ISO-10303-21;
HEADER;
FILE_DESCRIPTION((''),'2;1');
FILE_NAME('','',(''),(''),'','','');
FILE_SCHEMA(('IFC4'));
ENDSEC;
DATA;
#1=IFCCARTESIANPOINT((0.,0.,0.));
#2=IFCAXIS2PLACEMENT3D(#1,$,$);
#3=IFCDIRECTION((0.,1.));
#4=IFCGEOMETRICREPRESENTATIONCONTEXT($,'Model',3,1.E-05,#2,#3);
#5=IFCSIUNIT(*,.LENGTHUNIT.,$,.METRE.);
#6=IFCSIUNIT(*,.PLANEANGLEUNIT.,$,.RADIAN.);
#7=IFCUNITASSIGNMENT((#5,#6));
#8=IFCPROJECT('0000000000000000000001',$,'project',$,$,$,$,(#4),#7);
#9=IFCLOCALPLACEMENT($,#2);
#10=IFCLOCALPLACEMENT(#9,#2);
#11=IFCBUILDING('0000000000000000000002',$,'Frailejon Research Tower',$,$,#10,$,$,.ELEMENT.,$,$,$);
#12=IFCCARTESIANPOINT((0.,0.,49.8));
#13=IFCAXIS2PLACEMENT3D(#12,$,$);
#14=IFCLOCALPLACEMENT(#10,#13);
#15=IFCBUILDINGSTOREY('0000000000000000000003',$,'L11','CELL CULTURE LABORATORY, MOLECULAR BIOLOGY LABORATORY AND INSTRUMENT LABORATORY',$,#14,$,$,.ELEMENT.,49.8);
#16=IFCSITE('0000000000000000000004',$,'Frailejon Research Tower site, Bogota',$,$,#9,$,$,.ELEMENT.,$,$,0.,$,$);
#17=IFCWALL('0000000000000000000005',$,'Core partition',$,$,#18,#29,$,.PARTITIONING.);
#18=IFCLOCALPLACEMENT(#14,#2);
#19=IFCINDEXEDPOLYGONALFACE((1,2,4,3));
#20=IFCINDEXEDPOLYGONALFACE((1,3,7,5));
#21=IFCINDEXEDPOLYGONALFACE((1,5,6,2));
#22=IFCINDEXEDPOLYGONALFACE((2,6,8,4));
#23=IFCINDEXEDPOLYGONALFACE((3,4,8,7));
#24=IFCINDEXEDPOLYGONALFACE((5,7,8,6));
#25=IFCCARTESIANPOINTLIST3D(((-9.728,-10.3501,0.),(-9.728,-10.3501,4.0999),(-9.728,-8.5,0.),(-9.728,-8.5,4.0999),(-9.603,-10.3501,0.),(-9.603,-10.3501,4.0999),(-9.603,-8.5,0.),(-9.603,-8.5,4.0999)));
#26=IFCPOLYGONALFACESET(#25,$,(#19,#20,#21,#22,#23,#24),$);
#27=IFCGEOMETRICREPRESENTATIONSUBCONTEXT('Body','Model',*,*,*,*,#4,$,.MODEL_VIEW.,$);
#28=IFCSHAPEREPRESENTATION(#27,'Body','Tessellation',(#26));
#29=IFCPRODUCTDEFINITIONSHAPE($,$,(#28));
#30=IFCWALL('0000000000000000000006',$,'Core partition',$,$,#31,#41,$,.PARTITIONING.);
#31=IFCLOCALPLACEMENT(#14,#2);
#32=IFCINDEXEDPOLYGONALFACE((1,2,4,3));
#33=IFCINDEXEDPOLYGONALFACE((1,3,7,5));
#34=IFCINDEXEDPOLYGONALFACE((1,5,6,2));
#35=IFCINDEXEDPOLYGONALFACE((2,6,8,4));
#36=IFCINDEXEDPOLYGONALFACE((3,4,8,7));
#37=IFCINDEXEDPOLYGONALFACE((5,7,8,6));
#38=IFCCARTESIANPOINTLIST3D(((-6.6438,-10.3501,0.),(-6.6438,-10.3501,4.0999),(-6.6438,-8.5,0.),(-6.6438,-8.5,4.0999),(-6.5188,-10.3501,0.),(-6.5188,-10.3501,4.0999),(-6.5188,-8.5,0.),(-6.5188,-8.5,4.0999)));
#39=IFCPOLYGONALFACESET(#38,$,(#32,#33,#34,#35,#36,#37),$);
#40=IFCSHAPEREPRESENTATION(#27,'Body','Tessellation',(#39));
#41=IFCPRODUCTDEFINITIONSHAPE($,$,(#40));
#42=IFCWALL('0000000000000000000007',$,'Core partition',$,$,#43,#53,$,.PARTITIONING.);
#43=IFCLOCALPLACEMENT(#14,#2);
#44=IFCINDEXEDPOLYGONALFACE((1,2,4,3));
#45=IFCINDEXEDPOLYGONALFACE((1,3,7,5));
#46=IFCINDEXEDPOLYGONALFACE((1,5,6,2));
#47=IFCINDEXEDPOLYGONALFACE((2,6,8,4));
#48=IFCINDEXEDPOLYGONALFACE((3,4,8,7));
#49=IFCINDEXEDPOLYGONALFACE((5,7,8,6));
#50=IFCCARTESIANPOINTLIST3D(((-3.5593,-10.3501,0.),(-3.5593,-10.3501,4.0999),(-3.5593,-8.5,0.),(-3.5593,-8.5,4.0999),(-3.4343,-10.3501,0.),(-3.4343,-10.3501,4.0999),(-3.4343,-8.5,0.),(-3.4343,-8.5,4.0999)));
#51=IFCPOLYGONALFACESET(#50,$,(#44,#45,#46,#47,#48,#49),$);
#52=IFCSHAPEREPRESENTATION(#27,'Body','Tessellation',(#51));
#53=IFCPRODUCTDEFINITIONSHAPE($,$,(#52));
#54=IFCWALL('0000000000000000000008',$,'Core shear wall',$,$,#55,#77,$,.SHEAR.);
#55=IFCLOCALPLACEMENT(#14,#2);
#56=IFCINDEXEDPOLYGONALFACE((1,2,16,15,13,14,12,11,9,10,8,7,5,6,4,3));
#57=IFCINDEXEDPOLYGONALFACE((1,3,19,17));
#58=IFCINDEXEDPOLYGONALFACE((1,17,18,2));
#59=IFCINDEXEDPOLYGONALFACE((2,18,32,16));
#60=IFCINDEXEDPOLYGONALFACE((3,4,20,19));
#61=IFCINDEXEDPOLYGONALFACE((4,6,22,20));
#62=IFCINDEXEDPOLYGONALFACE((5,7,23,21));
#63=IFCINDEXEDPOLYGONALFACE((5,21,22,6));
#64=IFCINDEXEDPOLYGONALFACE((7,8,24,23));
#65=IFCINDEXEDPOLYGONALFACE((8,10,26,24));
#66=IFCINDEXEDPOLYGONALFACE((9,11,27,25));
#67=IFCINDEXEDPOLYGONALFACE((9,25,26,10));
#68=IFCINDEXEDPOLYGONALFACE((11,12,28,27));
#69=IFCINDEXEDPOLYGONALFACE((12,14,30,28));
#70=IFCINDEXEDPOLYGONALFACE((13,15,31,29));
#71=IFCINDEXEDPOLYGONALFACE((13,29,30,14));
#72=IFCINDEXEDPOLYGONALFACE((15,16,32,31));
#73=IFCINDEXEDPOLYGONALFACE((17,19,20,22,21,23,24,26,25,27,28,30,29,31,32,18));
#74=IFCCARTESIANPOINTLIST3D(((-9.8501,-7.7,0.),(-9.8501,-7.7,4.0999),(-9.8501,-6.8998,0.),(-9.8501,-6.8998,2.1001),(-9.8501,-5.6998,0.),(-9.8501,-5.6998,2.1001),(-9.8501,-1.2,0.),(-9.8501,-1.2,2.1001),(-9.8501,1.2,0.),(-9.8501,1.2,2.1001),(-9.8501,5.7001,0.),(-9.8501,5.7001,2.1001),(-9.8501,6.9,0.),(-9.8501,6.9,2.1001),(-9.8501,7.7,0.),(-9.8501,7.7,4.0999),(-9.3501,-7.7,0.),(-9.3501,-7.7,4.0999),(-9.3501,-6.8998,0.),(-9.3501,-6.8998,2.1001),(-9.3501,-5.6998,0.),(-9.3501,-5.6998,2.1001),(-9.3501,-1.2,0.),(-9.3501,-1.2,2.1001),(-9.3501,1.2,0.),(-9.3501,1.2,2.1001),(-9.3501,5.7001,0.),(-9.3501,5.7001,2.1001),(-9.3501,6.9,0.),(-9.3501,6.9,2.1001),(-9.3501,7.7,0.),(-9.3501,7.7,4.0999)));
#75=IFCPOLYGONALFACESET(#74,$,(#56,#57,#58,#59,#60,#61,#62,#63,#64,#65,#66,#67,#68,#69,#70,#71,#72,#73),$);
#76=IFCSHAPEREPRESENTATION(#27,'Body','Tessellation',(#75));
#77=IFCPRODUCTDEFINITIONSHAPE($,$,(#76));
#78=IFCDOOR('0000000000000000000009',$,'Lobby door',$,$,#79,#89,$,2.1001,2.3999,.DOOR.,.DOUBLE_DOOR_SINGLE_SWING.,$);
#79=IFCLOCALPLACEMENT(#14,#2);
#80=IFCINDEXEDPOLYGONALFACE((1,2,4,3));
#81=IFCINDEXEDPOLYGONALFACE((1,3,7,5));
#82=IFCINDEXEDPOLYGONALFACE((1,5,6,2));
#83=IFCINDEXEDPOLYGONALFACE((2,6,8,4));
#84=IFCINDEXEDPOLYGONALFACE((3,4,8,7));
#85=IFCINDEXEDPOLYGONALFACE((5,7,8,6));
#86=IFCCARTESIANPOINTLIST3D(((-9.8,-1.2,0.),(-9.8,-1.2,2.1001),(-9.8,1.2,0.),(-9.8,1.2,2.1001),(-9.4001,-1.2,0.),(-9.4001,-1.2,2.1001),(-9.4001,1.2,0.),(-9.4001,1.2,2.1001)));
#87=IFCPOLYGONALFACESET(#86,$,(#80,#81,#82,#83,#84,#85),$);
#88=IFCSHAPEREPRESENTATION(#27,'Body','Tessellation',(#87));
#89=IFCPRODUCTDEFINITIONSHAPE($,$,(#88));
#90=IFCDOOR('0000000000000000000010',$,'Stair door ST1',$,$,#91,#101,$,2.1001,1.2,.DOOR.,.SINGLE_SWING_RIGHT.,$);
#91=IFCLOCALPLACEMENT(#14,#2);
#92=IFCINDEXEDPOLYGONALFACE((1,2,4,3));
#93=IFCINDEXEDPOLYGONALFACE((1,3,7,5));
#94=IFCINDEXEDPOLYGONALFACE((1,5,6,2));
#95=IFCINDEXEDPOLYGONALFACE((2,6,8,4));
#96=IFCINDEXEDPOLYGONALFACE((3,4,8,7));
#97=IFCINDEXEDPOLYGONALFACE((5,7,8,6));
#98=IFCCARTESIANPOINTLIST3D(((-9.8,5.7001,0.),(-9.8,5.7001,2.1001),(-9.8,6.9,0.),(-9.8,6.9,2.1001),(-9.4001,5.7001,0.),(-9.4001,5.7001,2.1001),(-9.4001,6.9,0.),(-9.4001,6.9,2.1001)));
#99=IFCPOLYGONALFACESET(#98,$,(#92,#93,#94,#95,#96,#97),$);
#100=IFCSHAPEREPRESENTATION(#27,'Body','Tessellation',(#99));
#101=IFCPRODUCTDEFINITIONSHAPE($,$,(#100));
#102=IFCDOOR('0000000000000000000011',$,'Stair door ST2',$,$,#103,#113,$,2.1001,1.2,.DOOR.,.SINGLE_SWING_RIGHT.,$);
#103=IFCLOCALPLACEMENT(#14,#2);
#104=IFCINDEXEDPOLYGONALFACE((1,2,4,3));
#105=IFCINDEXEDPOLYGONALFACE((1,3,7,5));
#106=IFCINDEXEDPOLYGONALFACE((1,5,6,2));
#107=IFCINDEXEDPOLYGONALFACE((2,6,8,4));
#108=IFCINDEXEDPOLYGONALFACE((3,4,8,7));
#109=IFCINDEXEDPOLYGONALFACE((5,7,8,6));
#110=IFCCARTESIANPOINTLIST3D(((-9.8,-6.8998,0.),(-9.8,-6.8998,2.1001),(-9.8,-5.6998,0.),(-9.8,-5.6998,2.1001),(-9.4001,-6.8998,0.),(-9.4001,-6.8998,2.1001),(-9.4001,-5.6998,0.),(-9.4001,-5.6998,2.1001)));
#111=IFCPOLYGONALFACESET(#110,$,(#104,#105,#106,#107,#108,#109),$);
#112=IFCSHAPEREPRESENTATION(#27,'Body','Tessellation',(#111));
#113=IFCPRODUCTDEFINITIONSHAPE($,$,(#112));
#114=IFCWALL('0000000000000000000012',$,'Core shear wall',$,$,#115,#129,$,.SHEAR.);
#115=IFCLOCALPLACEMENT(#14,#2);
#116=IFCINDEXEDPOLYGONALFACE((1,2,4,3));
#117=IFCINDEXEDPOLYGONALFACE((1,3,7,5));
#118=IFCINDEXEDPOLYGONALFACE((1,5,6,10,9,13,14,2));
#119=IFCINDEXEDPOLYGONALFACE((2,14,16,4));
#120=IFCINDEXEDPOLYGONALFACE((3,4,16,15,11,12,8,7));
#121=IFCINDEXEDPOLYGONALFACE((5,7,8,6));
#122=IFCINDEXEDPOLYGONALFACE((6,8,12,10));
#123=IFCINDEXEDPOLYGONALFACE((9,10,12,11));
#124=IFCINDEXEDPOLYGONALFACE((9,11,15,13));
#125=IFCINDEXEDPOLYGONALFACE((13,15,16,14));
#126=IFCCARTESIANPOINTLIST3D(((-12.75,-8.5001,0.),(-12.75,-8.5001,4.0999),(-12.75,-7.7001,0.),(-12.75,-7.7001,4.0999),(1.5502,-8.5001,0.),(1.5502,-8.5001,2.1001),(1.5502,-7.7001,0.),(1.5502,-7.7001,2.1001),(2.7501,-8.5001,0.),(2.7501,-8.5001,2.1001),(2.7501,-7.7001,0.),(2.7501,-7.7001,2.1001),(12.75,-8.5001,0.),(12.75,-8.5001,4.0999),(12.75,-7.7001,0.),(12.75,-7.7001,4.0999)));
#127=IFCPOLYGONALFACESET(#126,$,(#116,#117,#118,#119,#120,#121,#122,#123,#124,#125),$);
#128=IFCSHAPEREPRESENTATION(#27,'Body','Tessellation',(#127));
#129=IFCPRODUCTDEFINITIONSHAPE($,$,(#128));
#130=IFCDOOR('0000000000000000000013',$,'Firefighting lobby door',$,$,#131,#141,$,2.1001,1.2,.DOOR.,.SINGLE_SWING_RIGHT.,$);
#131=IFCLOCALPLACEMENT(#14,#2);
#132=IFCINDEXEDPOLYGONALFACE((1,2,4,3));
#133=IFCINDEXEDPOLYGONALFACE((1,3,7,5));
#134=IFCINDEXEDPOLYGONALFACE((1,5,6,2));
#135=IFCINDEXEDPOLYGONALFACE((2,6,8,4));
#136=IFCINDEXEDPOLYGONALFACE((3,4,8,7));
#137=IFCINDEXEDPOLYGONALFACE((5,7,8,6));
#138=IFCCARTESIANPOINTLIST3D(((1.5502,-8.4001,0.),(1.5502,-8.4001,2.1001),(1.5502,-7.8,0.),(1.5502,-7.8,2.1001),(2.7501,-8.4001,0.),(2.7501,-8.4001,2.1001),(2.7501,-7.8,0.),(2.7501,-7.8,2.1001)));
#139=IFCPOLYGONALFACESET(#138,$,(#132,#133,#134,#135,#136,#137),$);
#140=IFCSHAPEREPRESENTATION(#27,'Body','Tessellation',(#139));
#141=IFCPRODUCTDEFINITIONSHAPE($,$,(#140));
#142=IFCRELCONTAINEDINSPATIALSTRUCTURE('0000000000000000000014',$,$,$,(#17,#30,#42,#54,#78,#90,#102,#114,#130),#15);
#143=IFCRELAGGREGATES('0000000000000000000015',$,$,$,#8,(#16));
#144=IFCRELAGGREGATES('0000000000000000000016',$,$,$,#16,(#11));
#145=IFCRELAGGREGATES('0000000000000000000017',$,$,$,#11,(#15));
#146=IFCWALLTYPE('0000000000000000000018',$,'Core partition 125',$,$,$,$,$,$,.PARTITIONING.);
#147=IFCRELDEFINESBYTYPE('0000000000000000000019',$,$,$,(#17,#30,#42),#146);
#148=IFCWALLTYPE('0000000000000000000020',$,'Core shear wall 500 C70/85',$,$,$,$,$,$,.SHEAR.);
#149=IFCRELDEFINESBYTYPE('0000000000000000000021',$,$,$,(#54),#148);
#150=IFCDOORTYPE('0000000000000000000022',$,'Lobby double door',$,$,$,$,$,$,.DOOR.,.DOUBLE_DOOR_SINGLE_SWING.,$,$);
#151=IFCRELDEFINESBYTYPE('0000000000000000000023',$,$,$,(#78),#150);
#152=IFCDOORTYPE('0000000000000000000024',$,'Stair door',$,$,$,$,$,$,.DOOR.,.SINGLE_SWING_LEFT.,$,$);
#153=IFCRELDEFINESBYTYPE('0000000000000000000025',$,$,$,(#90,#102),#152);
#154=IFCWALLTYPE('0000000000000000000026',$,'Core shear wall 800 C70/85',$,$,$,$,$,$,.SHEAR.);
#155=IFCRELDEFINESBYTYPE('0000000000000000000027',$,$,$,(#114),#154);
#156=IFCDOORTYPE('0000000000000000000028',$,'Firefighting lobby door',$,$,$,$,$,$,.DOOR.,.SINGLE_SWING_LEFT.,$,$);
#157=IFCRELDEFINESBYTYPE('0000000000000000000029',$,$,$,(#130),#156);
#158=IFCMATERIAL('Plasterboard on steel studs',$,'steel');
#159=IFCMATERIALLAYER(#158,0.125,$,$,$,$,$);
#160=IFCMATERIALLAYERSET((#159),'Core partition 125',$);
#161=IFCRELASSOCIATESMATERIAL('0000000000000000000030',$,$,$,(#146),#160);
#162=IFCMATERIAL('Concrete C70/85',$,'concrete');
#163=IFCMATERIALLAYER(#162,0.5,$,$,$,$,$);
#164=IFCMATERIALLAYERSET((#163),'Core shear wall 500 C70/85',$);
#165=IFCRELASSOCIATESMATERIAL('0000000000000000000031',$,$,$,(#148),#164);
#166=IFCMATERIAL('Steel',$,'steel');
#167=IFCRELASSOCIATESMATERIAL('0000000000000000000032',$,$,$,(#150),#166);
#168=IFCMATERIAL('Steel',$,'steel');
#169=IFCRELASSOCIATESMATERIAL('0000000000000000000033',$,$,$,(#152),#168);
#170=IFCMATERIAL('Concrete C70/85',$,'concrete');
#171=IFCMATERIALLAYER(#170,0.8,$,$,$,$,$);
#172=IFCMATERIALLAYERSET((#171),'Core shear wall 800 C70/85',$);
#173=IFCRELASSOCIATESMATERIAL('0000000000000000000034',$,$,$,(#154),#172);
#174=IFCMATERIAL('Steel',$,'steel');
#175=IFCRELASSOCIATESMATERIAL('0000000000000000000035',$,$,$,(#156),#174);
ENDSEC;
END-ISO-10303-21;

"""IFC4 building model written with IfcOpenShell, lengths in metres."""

from ifc_helpers import new_model, si_unit, direction, frame, frame_2d, origin, place, context, subcontext, project, spatial, rectangle, extrude, material, layer, layer_set, type_object, element, fill, save


model = new_model("IFC4")

# Units and contexts
model_context = context("Model", 3, precision=1e-05, world=origin(), true_north=direction((0.0, 1.0)))
body_context = subcontext(model_context, "Body", "Model", "MODEL_VIEW")
ifc_project = project(units=[si_unit("LENGTHUNIT", "METRE"), si_unit("PLANEANGLEUNIT", "RADIAN")], contexts=[model_context])

# Site, building, storey
site_placement = place(None, origin())
site = spatial("IfcSite", under=ifc_project, at=site_placement, Name="Frailejon Research Tower site, Bogota", CompositionType="ELEMENT", RefElevation=0.0)
building_placement = place(site_placement, origin())
building = spatial("IfcBuilding", under=site, at=building_placement, Name="Frailejon Research Tower", CompositionType="ELEMENT")
storey_placement = place(building_placement, frame((0.0, 0.0, 49.8)))
storey = spatial("IfcBuildingStorey", under=building, at=storey_placement, Name="L11", Description="CELL CULTURE LABORATORY, MOLECULAR BIOLOGY LABORATORY AND INSTRUMENT LABORATORY", CompositionType="ELEMENT", Elevation=49.8)

# Walls
ifc_material_1 = material(Name="Plasterboard on steel studs", Category="steel")
ifc_layer_1 = layer(ifc_material_1, 0.125)
ifc_layer_set_1 = layer_set([ifc_layer_1], Name="Core partition 125")
wall_type_1 = type_object("IfcWallType", Name="Core partition 125", PredefinedType="PARTITIONING", material=ifc_layer_set_1)
for number, where, z_axis, x_axis, name in (
    (1, (-9.6655, -10.3501, 0.0), (0.0, 0.0, 1.0), (0.0, 1.0, 0.0), "Core partition"),
    (2, (-6.5813, -10.3501, 0.0), (0.0, 0.0, 1.0), (0.0, 1.0, 0.0), "Core partition"),
    (3, (-3.4968, -10.3501, 0.0), (0.0, 0.0, 1.0), (0.0, 1.0, 0.0), "Core partition"),
):
    element("IfcWall", number, at=place(storey_placement, frame(where, z_axis=z_axis, x_axis=x_axis)), inside=storey, type_object=wall_type_1, Name=name, PredefinedType="PARTITIONING", context=body_context, shape_type="SweptSolid", body=[
        extrude(rectangle(XDim=1.8501, YDim=0.125, at=frame_2d((0.925, 0.0))), origin(), (0.0, 0.0, 1.0), 4.0999),
    ])

# Wall, openings, doors
ifc_material_2 = material(Name="Concrete C70/85", Category="concrete")
ifc_layer_2 = layer(ifc_material_2, 0.5)
ifc_layer_set_2 = layer_set([ifc_layer_2], Name="Core shear wall 500 C70/85")
wall_type_2 = type_object("IfcWallType", Name="Core shear wall 500 C70/85", PredefinedType="SHEAR", material=ifc_layer_set_2)
wall_1_placement = place(storey_placement, frame((-9.6001, -7.7, 0.0), z_axis=(0.0, 0.0, 1.0), x_axis=(0.0, 1.0, 0.0)))
wall_1 = element("IfcWall", 4, at=wall_1_placement, inside=storey, type_object=wall_type_2, Name="Core shear wall", PredefinedType="SHEAR", context=body_context, shape_type="SweptSolid", body=[
    extrude(rectangle(XDim=15.3999, YDim=0.5, at=frame_2d((7.7, 0.0))), origin(), (0.0, 0.0, 1.0), 4.0999),
])
opening_1_placement = place(wall_1_placement, frame((6.5, 0.0, 0.0)))
opening_1 = element("IfcOpeningElement", 5, at=opening_1_placement, cuts=wall_1, PredefinedType="OPENING", context=body_context, shape_type="SweptSolid", body=[
    extrude(rectangle(XDim=2.3999, YDim=2.1001, at=frame_2d((1.2, 1.05))), frame((0.0, 0.26, 0.0), z_axis=(0.0, -1.0, 0.0), x_axis=(1.0, 0.0, 0.0)), (0.0, 0.0, 1.0), 0.52),
])
opening_2_placement = place(wall_1_placement, frame((13.3999, 0.0, 0.0)))
opening_2 = element("IfcOpeningElement", 6, at=opening_2_placement, cuts=wall_1, PredefinedType="OPENING", context=body_context, shape_type="SweptSolid", body=[
    extrude(rectangle(XDim=1.2, YDim=2.1001, at=frame_2d((0.6001, 1.05))), frame((0.0, 0.26, 0.0), z_axis=(0.0, -1.0, 0.0), x_axis=(1.0, 0.0, 0.0)), (0.0, 0.0, 1.0), 0.52),
])
opening_3_placement = place(wall_1_placement, frame((0.8, 0.0, 0.0)))
opening_3 = element("IfcOpeningElement", 7, at=opening_3_placement, cuts=wall_1, PredefinedType="OPENING", context=body_context, shape_type="SweptSolid", body=[
    extrude(rectangle(XDim=1.2, YDim=2.1001, at=frame_2d((0.6001, 1.05))), frame((0.0, 0.26, 0.0), z_axis=(0.0, -1.0, 0.0), x_axis=(1.0, 0.0, 0.0)), (0.0, 0.0, 1.0), 0.52),
])
ifc_material_3 = material(Name="Steel", Category="steel")
door_type_1 = type_object("IfcDoorType", Name="Lobby double door", OperationType="DOUBLE_DOOR_SINGLE_SWING", PredefinedType="DOOR", material=ifc_material_3)
door_1_placement = place(opening_1_placement, origin())
door_1 = element("IfcDoor", 8, at=door_1_placement, inside=storey, type_object=door_type_1, Name="Lobby door", OperationType="DOUBLE_DOOR_SINGLE_SWING", OverallHeight=2.1001, OverallWidth=2.3999, PredefinedType="DOOR", context=body_context, shape_type="SweptSolid", body=[
    extrude(rectangle(XDim=2.3999, YDim=2.1001, at=frame_2d((1.2, 1.05))), frame((0.0, 0.2, 0.0), z_axis=(0.0, -1.0, 0.0), x_axis=(1.0, 0.0, 0.0)), (0.0, 0.0, 1.0), 0.3999),
])
fill(opening_1, door_1)
ifc_material_4 = material(Name="Steel", Category="steel")
door_type_2 = type_object("IfcDoorType", Name="Stair door", OperationType="SINGLE_SWING_LEFT", PredefinedType="DOOR", material=ifc_material_4)
door_2_placement = place(opening_2_placement, origin())
door_2 = element("IfcDoor", 9, at=door_2_placement, inside=storey, type_object=door_type_2, Name="Stair door ST1", OperationType="SINGLE_SWING_RIGHT", OverallHeight=2.1001, OverallWidth=1.2, PredefinedType="DOOR", context=body_context, shape_type="SweptSolid", body=[
    extrude(rectangle(XDim=1.2, YDim=2.1001, at=frame_2d((0.6001, 1.05))), frame((0.0, 0.2, 0.0), z_axis=(0.0, -1.0, 0.0), x_axis=(1.0, 0.0, 0.0)), (0.0, 0.0, 1.0), 0.3999),
])
fill(opening_2, door_2)
door_3_placement = place(opening_3_placement, origin())
door_3 = element("IfcDoor", 10, at=door_3_placement, inside=storey, type_object=door_type_2, Name="Stair door ST2", OperationType="SINGLE_SWING_RIGHT", OverallHeight=2.1001, OverallWidth=1.2, PredefinedType="DOOR", context=body_context, shape_type="SweptSolid", body=[
    extrude(rectangle(XDim=1.2, YDim=2.1001, at=frame_2d((0.6001, 1.05))), frame((0.0, 0.2, 0.0), z_axis=(0.0, -1.0, 0.0), x_axis=(1.0, 0.0, 0.0)), (0.0, 0.0, 1.0), 0.3999),
])
fill(opening_3, door_3)

# Wall, opening, door
ifc_material_5 = material(Name="Concrete C70/85", Category="concrete")
ifc_layer_3 = layer(ifc_material_5, 0.8)
ifc_layer_set_3 = layer_set([ifc_layer_3], Name="Core shear wall 800 C70/85")
wall_type_3 = type_object("IfcWallType", Name="Core shear wall 800 C70/85", PredefinedType="SHEAR", material=ifc_layer_set_3)
wall_2_placement = place(storey_placement, frame((-12.75, -8.1001, 0.0), z_axis=(0.0, 0.0, 1.0), x_axis=(1.0, 0.0, 0.0)))
wall_2 = element("IfcWall", 11, at=wall_2_placement, inside=storey, type_object=wall_type_3, Name="Core shear wall", PredefinedType="SHEAR", context=body_context, shape_type="SweptSolid", body=[
    extrude(rectangle(XDim=25.5, YDim=0.8, at=frame_2d((12.75, 0.0))), origin(), (0.0, 0.0, 1.0), 4.0999),
])
opening_4_placement = place(wall_2_placement, frame((14.3, 0.0, 0.0)))
opening_4 = element("IfcOpeningElement", 12, at=opening_4_placement, cuts=wall_2, PredefinedType="OPENING", context=body_context, shape_type="SweptSolid", body=[
    extrude(rectangle(XDim=1.2, YDim=2.1001, at=frame_2d((0.6001, 1.05))), frame((0.0, 0.4099, 0.0), z_axis=(0.0, -1.0, 0.0), x_axis=(1.0, 0.0, 0.0)), (0.0, 0.0, 1.0), 0.8201),
])
ifc_material_6 = material(Name="Steel", Category="steel")
door_type_3 = type_object("IfcDoorType", Name="Firefighting lobby door", OperationType="SINGLE_SWING_LEFT", PredefinedType="DOOR", material=ifc_material_6)
door_4_placement = place(opening_4_placement, origin())
door_4 = element("IfcDoor", 13, at=door_4_placement, inside=storey, type_object=door_type_3, Name="Firefighting lobby door", OperationType="SINGLE_SWING_RIGHT", OverallHeight=2.1001, OverallWidth=1.2, PredefinedType="DOOR", context=body_context, shape_type="SweptSolid", body=[
    extrude(rectangle(XDim=1.2, YDim=2.1001, at=frame_2d((0.6001, 1.05))), frame((0.0, 0.3, 0.0), z_axis=(0.0, -1.0, 0.0), x_axis=(1.0, 0.0, 0.0)), (0.0, 0.0, 1.0), 0.6001),
])
fill(opening_4, door_4)

save(model, "model.ifc")
